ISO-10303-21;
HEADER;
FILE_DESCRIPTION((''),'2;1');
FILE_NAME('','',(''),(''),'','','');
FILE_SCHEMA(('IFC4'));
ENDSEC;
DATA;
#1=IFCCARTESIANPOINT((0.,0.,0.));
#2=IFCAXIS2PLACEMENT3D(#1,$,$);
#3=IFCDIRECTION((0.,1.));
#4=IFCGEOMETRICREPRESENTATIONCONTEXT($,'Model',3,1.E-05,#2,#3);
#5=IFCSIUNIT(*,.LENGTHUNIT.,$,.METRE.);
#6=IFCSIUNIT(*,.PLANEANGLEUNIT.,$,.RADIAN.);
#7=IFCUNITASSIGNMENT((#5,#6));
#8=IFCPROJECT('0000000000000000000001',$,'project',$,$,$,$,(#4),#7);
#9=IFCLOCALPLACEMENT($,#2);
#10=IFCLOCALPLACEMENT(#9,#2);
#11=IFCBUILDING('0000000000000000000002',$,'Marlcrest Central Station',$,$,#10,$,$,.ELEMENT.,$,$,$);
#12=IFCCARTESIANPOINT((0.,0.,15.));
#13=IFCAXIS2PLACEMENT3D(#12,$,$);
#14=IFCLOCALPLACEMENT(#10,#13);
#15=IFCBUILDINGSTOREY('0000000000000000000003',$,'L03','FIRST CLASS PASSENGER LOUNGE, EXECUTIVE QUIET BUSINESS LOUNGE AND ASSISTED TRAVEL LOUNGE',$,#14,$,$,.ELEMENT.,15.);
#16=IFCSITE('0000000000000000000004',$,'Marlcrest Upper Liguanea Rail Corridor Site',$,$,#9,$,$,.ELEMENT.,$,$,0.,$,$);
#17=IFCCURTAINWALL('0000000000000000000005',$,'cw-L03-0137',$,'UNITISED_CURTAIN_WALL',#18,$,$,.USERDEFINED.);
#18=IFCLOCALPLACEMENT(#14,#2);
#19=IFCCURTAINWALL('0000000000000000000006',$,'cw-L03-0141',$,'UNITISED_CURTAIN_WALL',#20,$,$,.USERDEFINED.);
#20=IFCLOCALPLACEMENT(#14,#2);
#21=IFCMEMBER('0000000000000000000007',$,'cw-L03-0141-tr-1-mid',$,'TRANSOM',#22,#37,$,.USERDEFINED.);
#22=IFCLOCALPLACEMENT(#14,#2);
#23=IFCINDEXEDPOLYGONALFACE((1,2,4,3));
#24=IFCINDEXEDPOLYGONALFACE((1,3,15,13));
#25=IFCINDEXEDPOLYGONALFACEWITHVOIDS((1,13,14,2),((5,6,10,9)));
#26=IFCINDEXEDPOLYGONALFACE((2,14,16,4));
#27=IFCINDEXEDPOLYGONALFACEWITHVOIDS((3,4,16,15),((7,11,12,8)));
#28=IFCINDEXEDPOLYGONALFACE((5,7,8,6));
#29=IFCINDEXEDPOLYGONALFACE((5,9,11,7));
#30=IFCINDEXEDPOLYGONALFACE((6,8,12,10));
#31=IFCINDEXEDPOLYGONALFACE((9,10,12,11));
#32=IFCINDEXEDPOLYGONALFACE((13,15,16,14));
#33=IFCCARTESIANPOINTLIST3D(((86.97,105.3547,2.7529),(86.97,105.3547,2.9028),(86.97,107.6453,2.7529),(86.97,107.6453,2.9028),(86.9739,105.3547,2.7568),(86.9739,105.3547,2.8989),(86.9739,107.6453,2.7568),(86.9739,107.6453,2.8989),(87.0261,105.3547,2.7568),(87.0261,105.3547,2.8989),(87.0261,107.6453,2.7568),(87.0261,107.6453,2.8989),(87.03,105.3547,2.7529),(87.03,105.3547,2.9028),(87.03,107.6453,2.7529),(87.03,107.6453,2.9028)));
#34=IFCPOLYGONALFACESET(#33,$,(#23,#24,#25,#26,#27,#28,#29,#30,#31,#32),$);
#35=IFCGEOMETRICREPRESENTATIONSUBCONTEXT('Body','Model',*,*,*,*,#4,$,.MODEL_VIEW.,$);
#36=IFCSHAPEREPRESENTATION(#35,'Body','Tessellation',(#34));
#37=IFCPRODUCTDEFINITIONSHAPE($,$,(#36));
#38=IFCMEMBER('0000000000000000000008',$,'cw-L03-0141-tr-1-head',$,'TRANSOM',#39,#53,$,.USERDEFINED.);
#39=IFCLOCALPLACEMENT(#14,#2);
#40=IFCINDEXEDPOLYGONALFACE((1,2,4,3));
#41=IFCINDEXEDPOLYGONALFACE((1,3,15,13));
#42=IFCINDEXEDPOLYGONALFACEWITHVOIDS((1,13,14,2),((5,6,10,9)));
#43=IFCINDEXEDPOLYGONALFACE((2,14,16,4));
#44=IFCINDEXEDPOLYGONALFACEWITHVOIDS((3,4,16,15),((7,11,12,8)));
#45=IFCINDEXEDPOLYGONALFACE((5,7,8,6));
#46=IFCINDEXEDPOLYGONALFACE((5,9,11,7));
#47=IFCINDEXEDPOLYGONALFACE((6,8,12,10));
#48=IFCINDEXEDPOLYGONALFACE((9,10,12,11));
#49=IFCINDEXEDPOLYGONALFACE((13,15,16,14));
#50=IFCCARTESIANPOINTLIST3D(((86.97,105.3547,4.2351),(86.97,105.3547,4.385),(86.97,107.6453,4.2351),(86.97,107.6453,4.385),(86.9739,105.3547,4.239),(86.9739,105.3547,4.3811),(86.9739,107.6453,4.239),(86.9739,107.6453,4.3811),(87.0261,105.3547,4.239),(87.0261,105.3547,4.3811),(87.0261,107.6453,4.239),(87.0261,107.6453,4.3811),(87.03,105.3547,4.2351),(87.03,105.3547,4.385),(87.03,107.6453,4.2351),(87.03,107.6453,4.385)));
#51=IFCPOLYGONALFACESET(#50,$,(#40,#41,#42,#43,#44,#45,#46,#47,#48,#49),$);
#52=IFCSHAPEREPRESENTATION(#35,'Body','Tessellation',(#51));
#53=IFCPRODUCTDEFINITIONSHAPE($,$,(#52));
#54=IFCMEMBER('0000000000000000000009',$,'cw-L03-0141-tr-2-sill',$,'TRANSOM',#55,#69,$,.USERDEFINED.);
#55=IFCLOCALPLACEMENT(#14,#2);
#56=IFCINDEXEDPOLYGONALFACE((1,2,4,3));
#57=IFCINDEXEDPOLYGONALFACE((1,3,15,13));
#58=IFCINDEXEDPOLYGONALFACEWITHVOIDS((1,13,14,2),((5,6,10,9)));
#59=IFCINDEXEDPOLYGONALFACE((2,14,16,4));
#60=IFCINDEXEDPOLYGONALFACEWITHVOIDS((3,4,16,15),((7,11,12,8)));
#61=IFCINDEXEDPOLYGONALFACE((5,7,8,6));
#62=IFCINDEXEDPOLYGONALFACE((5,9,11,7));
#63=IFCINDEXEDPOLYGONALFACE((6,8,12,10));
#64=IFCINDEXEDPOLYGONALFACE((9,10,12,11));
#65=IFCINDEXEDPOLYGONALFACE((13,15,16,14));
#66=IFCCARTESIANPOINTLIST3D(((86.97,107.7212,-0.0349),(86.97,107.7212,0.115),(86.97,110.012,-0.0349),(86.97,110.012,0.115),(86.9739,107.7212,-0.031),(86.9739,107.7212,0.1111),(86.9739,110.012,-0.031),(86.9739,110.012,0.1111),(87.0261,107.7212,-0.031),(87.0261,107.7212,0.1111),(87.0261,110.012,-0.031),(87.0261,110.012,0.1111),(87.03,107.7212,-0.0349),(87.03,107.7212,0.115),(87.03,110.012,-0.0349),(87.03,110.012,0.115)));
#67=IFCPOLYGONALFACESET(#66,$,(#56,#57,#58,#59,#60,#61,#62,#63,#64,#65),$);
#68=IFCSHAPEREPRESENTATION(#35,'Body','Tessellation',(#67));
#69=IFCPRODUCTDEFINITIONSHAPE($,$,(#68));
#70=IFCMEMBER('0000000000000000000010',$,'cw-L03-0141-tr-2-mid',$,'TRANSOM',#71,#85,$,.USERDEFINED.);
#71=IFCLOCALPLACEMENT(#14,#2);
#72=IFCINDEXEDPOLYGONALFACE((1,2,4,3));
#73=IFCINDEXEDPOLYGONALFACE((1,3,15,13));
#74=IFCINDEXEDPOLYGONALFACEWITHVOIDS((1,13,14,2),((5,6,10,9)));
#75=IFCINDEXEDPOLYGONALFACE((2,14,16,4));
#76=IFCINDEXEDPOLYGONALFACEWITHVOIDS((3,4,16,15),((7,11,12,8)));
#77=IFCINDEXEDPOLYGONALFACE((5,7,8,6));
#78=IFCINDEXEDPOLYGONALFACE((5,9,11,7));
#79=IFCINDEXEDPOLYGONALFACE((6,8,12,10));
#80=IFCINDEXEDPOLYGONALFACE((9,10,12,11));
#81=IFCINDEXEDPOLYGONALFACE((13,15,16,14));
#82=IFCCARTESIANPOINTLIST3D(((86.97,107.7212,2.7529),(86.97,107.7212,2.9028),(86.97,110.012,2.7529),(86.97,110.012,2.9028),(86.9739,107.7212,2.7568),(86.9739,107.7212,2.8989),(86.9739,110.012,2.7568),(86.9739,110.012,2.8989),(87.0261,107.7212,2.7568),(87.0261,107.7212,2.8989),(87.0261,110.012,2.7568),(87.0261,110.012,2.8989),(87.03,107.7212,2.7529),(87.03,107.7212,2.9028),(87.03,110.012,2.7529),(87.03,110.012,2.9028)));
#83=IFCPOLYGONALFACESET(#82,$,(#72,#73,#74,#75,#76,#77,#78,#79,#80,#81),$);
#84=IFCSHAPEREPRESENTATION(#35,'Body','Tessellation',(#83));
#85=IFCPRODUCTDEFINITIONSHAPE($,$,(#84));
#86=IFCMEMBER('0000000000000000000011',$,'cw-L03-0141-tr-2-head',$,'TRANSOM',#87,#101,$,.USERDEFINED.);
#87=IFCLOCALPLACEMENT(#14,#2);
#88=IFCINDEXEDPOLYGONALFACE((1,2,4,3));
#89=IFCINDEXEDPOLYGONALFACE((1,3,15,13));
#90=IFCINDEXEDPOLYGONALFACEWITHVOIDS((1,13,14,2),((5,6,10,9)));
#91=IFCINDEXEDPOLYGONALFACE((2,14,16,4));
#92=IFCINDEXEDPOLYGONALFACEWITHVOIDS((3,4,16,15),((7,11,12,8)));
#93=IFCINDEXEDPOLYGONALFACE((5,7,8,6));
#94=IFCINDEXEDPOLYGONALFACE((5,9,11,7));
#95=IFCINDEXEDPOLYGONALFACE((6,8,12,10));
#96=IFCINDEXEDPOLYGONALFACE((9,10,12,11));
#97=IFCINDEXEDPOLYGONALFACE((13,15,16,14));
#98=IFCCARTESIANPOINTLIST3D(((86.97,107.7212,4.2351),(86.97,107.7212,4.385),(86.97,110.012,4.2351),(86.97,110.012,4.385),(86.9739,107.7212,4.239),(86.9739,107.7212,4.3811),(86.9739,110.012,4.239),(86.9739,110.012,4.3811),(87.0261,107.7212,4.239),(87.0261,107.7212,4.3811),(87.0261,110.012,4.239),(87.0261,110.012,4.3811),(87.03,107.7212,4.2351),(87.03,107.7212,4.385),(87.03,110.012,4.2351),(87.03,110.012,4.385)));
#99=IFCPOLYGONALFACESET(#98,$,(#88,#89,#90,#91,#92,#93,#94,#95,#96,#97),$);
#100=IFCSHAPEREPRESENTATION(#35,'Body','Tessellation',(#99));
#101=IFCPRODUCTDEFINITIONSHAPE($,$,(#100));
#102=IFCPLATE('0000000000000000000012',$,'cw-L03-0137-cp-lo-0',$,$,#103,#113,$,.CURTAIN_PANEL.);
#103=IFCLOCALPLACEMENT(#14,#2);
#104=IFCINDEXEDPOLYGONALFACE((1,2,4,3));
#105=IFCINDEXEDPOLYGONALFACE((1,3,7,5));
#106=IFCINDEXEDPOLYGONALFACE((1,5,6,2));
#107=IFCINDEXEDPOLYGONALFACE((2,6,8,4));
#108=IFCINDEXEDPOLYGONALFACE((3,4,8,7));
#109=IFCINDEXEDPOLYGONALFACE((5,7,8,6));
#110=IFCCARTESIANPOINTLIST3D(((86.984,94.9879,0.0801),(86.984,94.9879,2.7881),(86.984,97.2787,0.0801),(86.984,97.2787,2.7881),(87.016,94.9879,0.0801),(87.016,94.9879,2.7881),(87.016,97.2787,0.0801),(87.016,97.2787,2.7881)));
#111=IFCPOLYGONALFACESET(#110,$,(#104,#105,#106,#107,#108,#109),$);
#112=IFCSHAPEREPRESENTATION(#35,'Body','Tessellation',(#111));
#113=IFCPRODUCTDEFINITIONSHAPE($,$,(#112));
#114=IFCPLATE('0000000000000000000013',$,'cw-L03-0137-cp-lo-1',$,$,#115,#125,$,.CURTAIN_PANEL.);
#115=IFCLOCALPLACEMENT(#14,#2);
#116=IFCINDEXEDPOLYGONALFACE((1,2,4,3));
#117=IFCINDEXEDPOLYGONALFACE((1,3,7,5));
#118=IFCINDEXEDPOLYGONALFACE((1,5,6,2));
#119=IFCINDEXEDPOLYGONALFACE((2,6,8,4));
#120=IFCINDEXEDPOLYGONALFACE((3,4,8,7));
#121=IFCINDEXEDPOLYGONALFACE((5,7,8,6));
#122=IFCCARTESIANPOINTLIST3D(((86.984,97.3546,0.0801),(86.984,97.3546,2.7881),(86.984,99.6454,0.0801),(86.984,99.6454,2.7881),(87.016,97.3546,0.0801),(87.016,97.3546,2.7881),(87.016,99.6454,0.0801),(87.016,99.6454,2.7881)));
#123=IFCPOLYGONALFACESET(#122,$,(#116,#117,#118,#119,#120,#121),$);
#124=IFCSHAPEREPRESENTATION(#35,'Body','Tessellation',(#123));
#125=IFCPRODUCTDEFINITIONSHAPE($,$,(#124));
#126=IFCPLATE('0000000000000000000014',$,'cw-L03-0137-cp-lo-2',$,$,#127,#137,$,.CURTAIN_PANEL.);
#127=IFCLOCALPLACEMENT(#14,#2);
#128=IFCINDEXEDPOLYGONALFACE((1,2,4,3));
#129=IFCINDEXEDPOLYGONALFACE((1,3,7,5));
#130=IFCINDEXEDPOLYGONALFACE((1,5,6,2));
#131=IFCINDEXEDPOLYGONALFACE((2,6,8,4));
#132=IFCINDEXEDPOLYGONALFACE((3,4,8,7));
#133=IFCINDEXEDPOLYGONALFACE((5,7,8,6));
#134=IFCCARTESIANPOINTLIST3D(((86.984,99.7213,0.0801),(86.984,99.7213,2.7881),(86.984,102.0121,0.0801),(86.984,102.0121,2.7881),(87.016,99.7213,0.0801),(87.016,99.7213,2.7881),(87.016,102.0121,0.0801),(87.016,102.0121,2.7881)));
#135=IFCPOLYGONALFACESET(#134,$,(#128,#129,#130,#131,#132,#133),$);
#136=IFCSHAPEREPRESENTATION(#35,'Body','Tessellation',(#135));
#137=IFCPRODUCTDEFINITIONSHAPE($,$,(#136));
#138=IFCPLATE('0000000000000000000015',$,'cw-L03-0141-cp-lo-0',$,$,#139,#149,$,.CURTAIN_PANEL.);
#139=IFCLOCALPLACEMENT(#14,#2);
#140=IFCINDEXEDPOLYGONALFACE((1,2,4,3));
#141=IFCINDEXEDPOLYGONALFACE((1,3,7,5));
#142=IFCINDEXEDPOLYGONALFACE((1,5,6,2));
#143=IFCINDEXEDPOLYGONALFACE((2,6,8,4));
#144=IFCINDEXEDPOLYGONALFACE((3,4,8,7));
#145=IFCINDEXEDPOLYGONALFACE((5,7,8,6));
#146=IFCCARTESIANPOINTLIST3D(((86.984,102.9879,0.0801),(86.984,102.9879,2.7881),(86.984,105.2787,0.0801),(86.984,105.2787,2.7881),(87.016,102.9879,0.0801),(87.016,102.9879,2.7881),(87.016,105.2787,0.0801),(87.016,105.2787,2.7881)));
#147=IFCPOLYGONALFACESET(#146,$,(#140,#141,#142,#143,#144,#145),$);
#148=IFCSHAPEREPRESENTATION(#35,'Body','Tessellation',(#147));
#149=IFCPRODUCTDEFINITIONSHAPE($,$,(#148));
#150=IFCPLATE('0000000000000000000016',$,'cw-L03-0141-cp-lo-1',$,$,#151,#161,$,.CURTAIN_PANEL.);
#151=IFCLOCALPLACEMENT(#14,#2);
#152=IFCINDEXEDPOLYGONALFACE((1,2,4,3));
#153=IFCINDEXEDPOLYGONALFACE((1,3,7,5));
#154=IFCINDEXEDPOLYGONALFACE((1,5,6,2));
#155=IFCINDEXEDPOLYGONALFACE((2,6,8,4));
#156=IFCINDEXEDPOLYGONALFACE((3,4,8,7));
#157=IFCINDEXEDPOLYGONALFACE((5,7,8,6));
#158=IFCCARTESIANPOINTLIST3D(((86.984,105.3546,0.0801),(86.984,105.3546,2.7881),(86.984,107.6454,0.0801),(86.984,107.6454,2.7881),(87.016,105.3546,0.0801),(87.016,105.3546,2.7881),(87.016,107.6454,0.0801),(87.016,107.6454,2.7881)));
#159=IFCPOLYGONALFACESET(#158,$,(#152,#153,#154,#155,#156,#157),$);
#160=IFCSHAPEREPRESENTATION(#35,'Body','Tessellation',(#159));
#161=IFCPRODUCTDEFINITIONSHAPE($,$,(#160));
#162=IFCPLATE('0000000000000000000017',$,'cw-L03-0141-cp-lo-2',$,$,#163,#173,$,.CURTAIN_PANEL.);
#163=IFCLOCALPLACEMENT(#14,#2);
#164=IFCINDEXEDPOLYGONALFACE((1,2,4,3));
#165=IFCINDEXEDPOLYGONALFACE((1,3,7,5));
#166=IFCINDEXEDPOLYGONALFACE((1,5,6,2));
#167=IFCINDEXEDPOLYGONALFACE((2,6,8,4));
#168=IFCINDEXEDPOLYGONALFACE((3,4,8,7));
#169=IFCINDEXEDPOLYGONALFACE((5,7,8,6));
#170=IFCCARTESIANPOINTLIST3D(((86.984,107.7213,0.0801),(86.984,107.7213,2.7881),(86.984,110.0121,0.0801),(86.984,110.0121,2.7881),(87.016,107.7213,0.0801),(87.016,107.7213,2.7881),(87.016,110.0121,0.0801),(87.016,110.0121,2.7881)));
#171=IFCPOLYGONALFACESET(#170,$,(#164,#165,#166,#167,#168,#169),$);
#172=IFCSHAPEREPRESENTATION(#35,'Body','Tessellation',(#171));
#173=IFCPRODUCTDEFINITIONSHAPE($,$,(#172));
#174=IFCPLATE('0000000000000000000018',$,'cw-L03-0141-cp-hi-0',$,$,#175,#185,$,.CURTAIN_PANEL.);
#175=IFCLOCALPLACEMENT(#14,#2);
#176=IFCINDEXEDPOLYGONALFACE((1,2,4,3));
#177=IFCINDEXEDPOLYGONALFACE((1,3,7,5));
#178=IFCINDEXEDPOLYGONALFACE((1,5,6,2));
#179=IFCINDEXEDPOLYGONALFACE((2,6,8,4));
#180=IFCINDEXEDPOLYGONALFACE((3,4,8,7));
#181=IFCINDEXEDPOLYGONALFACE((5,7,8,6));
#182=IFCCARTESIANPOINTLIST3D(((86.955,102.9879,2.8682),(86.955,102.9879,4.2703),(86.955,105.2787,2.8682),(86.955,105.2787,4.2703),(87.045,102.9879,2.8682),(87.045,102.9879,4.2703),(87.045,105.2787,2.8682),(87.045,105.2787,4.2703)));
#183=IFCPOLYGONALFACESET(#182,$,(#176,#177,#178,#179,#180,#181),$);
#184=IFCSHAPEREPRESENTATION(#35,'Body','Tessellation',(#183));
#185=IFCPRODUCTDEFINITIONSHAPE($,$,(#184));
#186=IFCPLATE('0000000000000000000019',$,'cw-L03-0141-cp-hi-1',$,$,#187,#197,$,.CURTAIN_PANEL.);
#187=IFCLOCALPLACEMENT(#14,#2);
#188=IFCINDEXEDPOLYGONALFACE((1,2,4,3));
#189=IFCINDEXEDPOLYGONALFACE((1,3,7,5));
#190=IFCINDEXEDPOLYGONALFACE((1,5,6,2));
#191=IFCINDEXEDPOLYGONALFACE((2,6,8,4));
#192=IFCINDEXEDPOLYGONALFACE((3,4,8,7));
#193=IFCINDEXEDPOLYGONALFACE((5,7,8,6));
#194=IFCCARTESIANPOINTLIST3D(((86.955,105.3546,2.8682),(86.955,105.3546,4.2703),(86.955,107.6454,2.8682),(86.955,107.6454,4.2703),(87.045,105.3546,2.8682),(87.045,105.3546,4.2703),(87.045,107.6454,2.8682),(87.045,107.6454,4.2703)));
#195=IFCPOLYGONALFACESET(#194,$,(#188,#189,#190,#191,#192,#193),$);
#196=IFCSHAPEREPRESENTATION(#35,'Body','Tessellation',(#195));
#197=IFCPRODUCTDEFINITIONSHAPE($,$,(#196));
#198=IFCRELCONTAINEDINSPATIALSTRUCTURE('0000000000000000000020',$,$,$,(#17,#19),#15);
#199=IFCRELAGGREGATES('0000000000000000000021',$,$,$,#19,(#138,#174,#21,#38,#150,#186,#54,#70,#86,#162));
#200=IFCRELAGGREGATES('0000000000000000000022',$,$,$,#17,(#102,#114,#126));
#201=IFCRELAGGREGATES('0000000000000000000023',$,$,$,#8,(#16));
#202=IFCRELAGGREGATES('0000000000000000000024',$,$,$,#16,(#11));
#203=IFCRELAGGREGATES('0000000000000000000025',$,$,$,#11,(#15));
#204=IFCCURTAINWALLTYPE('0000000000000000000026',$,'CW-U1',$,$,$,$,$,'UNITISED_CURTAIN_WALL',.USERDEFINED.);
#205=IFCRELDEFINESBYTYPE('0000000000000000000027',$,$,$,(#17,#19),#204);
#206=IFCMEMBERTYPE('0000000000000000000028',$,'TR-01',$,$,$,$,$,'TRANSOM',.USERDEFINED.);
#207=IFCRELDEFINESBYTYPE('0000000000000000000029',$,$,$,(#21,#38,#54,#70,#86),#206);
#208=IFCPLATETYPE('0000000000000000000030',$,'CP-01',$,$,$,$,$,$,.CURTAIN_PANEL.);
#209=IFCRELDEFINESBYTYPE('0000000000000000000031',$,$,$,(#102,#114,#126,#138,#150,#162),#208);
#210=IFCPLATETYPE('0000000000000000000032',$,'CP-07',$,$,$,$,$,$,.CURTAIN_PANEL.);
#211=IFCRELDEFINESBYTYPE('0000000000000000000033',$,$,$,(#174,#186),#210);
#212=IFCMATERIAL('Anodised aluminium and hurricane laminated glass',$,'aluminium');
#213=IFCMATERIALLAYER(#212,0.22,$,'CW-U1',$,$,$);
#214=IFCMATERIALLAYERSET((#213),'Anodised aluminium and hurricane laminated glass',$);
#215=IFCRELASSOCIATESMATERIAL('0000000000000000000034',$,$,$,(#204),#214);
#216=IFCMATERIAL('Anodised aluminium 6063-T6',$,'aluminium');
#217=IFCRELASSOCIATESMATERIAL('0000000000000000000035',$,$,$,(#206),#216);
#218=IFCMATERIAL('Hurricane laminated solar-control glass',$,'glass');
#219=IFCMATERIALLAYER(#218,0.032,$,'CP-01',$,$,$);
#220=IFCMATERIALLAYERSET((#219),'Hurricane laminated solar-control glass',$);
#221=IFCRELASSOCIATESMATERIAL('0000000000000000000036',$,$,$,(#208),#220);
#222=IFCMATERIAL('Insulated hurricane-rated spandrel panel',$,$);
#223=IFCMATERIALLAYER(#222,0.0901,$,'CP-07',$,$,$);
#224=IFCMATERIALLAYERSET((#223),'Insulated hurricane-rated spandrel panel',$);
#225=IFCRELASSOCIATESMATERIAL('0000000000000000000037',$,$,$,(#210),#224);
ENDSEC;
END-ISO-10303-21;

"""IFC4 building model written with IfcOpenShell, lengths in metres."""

from ifc_helpers import new_model, si_unit, direction, frame, origin, origin_2d, place, context, subcontext, project, spatial, rectangle, hollow_rectangle, extrude, material, layer, layer_set, material_profile, profile_set, type_object, element, aggregate, save


model = new_model("IFC4")

# Units and contexts
model_context = context("Model", 3, precision=1e-05, world=origin(), true_north=direction((0.0, 1.0)))
body_context = subcontext(model_context, "Body", "Model", "MODEL_VIEW")
ifc_project = project(units=[si_unit("LENGTHUNIT", "METRE"), si_unit("PLANEANGLEUNIT", "RADIAN")], contexts=[model_context])

# Site, building, storey
site_placement = place(None, origin())
site = spatial("IfcSite", under=ifc_project, at=site_placement, Name="Marlcrest Upper Liguanea Rail Corridor Site", CompositionType="ELEMENT", RefElevation=0.0)
building_placement = place(site_placement, origin())
building = spatial("IfcBuilding", under=site, at=building_placement, Name="Marlcrest Central Station", CompositionType="ELEMENT")
storey_placement = place(building_placement, frame((0.0, 0.0, 15.0)))
storey = spatial("IfcBuildingStorey", under=building, at=storey_placement, Name="L03", Description="FIRST CLASS PASSENGER LOUNGE, EXECUTIVE QUIET BUSINESS LOUNGE AND ASSISTED TRAVEL LOUNGE", CompositionType="ELEMENT", Elevation=15.0)

# Curtain walls
ifc_material_1 = material(Name="Anodised aluminium and hurricane laminated glass", Category="aluminium")
ifc_layer_1 = layer(ifc_material_1, 0.22, Name="CW-U1")
ifc_layer_set_1 = layer_set([ifc_layer_1], Name="Anodised aluminium and hurricane laminated glass")
curtain_wall_type = type_object("IfcCurtainWallType", Name="CW-U1", ElementType="UNITISED_CURTAIN_WALL", PredefinedType="USERDEFINED", material=ifc_layer_set_1)
curtain_wall_1_placement = place(storey_placement, origin())
curtain_wall_1 = element("IfcCurtainWall", 1, at=curtain_wall_1_placement, inside=storey, type_object=curtain_wall_type, Name="cw-L03-0137", ObjectType="UNITISED_CURTAIN_WALL", PredefinedType="USERDEFINED")
ifc_material_2 = material(Name="Anodised aluminium 6063-T6", Category="aluminium")
curtain_wall_2_placement = place(storey_placement, origin())
curtain_wall_2 = element("IfcCurtainWall", 2, at=curtain_wall_2_placement, inside=storey, type_object=curtain_wall_type, Name="cw-L03-0141", ObjectType="UNITISED_CURTAIN_WALL", PredefinedType="USERDEFINED")

# Members
ifc_material_profile_1 = material_profile(ifc_material_2, hollow_rectangle(XDim=0.0601, YDim=0.1499, WallThickness=0.0039, at=origin_2d()), Name="AA-RHS 150x60x4")
ifc_profile_set_1 = profile_set([ifc_material_profile_1], Name="Anodised aluminium 6063-T6")
member_type_1 = type_object("IfcMemberType", Name="TR-01", ElementType="TRANSOM", PredefinedType="USERDEFINED", material=ifc_profile_set_1)
member_1_placement = place(storey_placement, frame((87.0, 105.3547, 2.8279), z_axis=(0.0, 1.0, 0.0), x_axis=(-1.0, 0.0, 0.0)))
member_1 = element("IfcMember", 3, at=member_1_placement, type_object=member_type_1, Name="cw-L03-0141-tr-1-mid", ObjectType="TRANSOM", PredefinedType="USERDEFINED", context=body_context, shape_type="SweptSolid", body=[
    extrude(hollow_rectangle(XDim=0.0601, YDim=0.1499, WallThickness=0.0039, at=origin_2d()), origin(), (0.0, 0.0, 1.0), 2.2905),
])
member_2_placement = place(storey_placement, frame((87.0, 105.3547, 4.3101), z_axis=(0.0, 1.0, 0.0), x_axis=(-1.0, 0.0, 0.0)))
member_2 = element("IfcMember", 4, at=member_2_placement, type_object=member_type_1, Name="cw-L03-0141-tr-1-head", ObjectType="TRANSOM", PredefinedType="USERDEFINED", context=body_context, shape_type="SweptSolid", body=[
    extrude(hollow_rectangle(XDim=0.0601, YDim=0.1499, WallThickness=0.0039, at=origin_2d()), origin(), (0.0, 0.0, 1.0), 2.2905),
])
member_3_placement = place(storey_placement, frame((87.0, 107.7212, 0.04), z_axis=(0.0, 1.0, 0.0), x_axis=(-1.0, 0.0, 0.0)))
member_3 = element("IfcMember", 5, at=member_3_placement, type_object=member_type_1, Name="cw-L03-0141-tr-2-sill", ObjectType="TRANSOM", PredefinedType="USERDEFINED", context=body_context, shape_type="SweptSolid", body=[
    extrude(hollow_rectangle(XDim=0.0601, YDim=0.1499, WallThickness=0.0039, at=origin_2d()), origin(), (0.0, 0.0, 1.0), 2.2908),
])
member_4_placement = place(storey_placement, frame((87.0, 107.7212, 2.8279), z_axis=(0.0, 1.0, 0.0), x_axis=(-1.0, 0.0, 0.0)))
member_4 = element("IfcMember", 6, at=member_4_placement, type_object=member_type_1, Name="cw-L03-0141-tr-2-mid", ObjectType="TRANSOM", PredefinedType="USERDEFINED", context=body_context, shape_type="SweptSolid", body=[
    extrude(hollow_rectangle(XDim=0.0601, YDim=0.1499, WallThickness=0.0039, at=origin_2d()), origin(), (0.0, 0.0, 1.0), 2.2908),
])
member_5_placement = place(storey_placement, frame((87.0, 107.7212, 4.3101), z_axis=(0.0, 1.0, 0.0), x_axis=(-1.0, 0.0, 0.0)))
member_5 = element("IfcMember", 7, at=member_5_placement, type_object=member_type_1, Name="cw-L03-0141-tr-2-head", ObjectType="TRANSOM", PredefinedType="USERDEFINED", context=body_context, shape_type="SweptSolid", body=[
    extrude(hollow_rectangle(XDim=0.0601, YDim=0.1499, WallThickness=0.0039, at=origin_2d()), origin(), (0.0, 0.0, 1.0), 2.2908),
])

# Plates
ifc_material_3 = material(Name="Hurricane laminated solar-control glass", Category="glass")
ifc_layer_2 = layer(ifc_material_3, 0.032, Name="CP-01")
ifc_layer_set_2 = layer_set([ifc_layer_2], Name="Hurricane laminated solar-control glass")
plate_type_1 = type_object("IfcPlateType", Name="CP-01", PredefinedType="CURTAIN_PANEL", material=ifc_layer_set_2)
plate_1_placement = place(storey_placement, frame((87.0, 96.1333, 0.0801), z_axis=(0.0, 0.0, 1.0), x_axis=(0.0, 1.0, 0.0)))
plate_1 = element("IfcPlate", 8, at=plate_1_placement, type_object=plate_type_1, Name="cw-L03-0137-cp-lo-0", PredefinedType="CURTAIN_PANEL", context=body_context, shape_type="SweptSolid", body=[
    extrude(rectangle(XDim=2.2908, YDim=0.032, at=origin_2d()), origin(), (0.0, 0.0, 1.0), 2.708),
])
plate_2_placement = place(storey_placement, frame((87.0, 98.5, 0.0801), z_axis=(0.0, 0.0, 1.0), x_axis=(0.0, 1.0, 0.0)))
plate_2 = element("IfcPlate", 9, at=plate_2_placement, type_object=plate_type_1, Name="cw-L03-0137-cp-lo-1", PredefinedType="CURTAIN_PANEL", context=body_context, shape_type="SweptSolid", body=[
    extrude(rectangle(XDim=2.2908, YDim=0.032, at=origin_2d()), origin(), (0.0, 0.0, 1.0), 2.708),
])
plate_3_placement = place(storey_placement, frame((87.0, 100.8667, 0.0801), z_axis=(0.0, 0.0, 1.0), x_axis=(0.0, 1.0, 0.0)))
plate_3 = element("IfcPlate", 10, at=plate_3_placement, type_object=plate_type_1, Name="cw-L03-0137-cp-lo-2", PredefinedType="CURTAIN_PANEL", context=body_context, shape_type="SweptSolid", body=[
    extrude(rectangle(XDim=2.2908, YDim=0.032, at=origin_2d()), origin(), (0.0, 0.0, 1.0), 2.708),
])
plate_4_placement = place(storey_placement, frame((87.0, 104.1333, 0.0801), z_axis=(0.0, 0.0, 1.0), x_axis=(0.0, 1.0, 0.0)))
plate_4 = element("IfcPlate", 11, at=plate_4_placement, type_object=plate_type_1, Name="cw-L03-0141-cp-lo-0", PredefinedType="CURTAIN_PANEL", context=body_context, shape_type="SweptSolid", body=[
    extrude(rectangle(XDim=2.2908, YDim=0.032, at=origin_2d()), origin(), (0.0, 0.0, 1.0), 2.708),
])
plate_5_placement = place(storey_placement, frame((87.0, 106.5, 0.0801), z_axis=(0.0, 0.0, 1.0), x_axis=(0.0, 1.0, 0.0)))
plate_5 = element("IfcPlate", 12, at=plate_5_placement, type_object=plate_type_1, Name="cw-L03-0141-cp-lo-1", PredefinedType="CURTAIN_PANEL", context=body_context, shape_type="SweptSolid", body=[
    extrude(rectangle(XDim=2.2908, YDim=0.032, at=origin_2d()), origin(), (0.0, 0.0, 1.0), 2.708),
])
plate_6_placement = place(storey_placement, frame((87.0, 108.8667, 0.0801), z_axis=(0.0, 0.0, 1.0), x_axis=(0.0, 1.0, 0.0)))
plate_6 = element("IfcPlate", 13, at=plate_6_placement, type_object=plate_type_1, Name="cw-L03-0141-cp-lo-2", PredefinedType="CURTAIN_PANEL", context=body_context, shape_type="SweptSolid", body=[
    extrude(rectangle(XDim=2.2908, YDim=0.032, at=origin_2d()), origin(), (0.0, 0.0, 1.0), 2.708),
])
ifc_material_4 = material(Name="Insulated hurricane-rated spandrel panel")
ifc_layer_3 = layer(ifc_material_4, 0.0901, Name="CP-07")
ifc_layer_set_3 = layer_set([ifc_layer_3], Name="Insulated hurricane-rated spandrel panel")
plate_type_2 = type_object("IfcPlateType", Name="CP-07", PredefinedType="CURTAIN_PANEL", material=ifc_layer_set_3)
plate_7_placement = place(storey_placement, frame((87.0, 104.1333, 2.8682), z_axis=(0.0, 0.0, 1.0), x_axis=(0.0, 1.0, 0.0)))
plate_7 = element("IfcPlate", 14, at=plate_7_placement, type_object=plate_type_2, Name="cw-L03-0141-cp-hi-0", PredefinedType="CURTAIN_PANEL", context=body_context, shape_type="SweptSolid", body=[
    extrude(rectangle(XDim=2.2908, YDim=0.0901, at=origin_2d()), origin(), (0.0, 0.0, 1.0), 1.4021),
])
plate_8_placement = place(storey_placement, frame((87.0, 106.5, 2.8682), z_axis=(0.0, 0.0, 1.0), x_axis=(0.0, 1.0, 0.0)))
plate_8 = element("IfcPlate", 15, at=plate_8_placement, type_object=plate_type_2, Name="cw-L03-0141-cp-hi-1", PredefinedType="CURTAIN_PANEL", context=body_context, shape_type="SweptSolid", body=[
    extrude(rectangle(XDim=2.2908, YDim=0.0901, at=origin_2d()), origin(), (0.0, 0.0, 1.0), 1.4021),
])
aggregate(curtain_wall_2, [plate_4, plate_7, member_1, member_2, plate_5, plate_8, member_3, member_4, member_5, plate_6])
aggregate(curtain_wall_1, [plate_1, plate_2, plate_3])

save(model, "model.ifc")
